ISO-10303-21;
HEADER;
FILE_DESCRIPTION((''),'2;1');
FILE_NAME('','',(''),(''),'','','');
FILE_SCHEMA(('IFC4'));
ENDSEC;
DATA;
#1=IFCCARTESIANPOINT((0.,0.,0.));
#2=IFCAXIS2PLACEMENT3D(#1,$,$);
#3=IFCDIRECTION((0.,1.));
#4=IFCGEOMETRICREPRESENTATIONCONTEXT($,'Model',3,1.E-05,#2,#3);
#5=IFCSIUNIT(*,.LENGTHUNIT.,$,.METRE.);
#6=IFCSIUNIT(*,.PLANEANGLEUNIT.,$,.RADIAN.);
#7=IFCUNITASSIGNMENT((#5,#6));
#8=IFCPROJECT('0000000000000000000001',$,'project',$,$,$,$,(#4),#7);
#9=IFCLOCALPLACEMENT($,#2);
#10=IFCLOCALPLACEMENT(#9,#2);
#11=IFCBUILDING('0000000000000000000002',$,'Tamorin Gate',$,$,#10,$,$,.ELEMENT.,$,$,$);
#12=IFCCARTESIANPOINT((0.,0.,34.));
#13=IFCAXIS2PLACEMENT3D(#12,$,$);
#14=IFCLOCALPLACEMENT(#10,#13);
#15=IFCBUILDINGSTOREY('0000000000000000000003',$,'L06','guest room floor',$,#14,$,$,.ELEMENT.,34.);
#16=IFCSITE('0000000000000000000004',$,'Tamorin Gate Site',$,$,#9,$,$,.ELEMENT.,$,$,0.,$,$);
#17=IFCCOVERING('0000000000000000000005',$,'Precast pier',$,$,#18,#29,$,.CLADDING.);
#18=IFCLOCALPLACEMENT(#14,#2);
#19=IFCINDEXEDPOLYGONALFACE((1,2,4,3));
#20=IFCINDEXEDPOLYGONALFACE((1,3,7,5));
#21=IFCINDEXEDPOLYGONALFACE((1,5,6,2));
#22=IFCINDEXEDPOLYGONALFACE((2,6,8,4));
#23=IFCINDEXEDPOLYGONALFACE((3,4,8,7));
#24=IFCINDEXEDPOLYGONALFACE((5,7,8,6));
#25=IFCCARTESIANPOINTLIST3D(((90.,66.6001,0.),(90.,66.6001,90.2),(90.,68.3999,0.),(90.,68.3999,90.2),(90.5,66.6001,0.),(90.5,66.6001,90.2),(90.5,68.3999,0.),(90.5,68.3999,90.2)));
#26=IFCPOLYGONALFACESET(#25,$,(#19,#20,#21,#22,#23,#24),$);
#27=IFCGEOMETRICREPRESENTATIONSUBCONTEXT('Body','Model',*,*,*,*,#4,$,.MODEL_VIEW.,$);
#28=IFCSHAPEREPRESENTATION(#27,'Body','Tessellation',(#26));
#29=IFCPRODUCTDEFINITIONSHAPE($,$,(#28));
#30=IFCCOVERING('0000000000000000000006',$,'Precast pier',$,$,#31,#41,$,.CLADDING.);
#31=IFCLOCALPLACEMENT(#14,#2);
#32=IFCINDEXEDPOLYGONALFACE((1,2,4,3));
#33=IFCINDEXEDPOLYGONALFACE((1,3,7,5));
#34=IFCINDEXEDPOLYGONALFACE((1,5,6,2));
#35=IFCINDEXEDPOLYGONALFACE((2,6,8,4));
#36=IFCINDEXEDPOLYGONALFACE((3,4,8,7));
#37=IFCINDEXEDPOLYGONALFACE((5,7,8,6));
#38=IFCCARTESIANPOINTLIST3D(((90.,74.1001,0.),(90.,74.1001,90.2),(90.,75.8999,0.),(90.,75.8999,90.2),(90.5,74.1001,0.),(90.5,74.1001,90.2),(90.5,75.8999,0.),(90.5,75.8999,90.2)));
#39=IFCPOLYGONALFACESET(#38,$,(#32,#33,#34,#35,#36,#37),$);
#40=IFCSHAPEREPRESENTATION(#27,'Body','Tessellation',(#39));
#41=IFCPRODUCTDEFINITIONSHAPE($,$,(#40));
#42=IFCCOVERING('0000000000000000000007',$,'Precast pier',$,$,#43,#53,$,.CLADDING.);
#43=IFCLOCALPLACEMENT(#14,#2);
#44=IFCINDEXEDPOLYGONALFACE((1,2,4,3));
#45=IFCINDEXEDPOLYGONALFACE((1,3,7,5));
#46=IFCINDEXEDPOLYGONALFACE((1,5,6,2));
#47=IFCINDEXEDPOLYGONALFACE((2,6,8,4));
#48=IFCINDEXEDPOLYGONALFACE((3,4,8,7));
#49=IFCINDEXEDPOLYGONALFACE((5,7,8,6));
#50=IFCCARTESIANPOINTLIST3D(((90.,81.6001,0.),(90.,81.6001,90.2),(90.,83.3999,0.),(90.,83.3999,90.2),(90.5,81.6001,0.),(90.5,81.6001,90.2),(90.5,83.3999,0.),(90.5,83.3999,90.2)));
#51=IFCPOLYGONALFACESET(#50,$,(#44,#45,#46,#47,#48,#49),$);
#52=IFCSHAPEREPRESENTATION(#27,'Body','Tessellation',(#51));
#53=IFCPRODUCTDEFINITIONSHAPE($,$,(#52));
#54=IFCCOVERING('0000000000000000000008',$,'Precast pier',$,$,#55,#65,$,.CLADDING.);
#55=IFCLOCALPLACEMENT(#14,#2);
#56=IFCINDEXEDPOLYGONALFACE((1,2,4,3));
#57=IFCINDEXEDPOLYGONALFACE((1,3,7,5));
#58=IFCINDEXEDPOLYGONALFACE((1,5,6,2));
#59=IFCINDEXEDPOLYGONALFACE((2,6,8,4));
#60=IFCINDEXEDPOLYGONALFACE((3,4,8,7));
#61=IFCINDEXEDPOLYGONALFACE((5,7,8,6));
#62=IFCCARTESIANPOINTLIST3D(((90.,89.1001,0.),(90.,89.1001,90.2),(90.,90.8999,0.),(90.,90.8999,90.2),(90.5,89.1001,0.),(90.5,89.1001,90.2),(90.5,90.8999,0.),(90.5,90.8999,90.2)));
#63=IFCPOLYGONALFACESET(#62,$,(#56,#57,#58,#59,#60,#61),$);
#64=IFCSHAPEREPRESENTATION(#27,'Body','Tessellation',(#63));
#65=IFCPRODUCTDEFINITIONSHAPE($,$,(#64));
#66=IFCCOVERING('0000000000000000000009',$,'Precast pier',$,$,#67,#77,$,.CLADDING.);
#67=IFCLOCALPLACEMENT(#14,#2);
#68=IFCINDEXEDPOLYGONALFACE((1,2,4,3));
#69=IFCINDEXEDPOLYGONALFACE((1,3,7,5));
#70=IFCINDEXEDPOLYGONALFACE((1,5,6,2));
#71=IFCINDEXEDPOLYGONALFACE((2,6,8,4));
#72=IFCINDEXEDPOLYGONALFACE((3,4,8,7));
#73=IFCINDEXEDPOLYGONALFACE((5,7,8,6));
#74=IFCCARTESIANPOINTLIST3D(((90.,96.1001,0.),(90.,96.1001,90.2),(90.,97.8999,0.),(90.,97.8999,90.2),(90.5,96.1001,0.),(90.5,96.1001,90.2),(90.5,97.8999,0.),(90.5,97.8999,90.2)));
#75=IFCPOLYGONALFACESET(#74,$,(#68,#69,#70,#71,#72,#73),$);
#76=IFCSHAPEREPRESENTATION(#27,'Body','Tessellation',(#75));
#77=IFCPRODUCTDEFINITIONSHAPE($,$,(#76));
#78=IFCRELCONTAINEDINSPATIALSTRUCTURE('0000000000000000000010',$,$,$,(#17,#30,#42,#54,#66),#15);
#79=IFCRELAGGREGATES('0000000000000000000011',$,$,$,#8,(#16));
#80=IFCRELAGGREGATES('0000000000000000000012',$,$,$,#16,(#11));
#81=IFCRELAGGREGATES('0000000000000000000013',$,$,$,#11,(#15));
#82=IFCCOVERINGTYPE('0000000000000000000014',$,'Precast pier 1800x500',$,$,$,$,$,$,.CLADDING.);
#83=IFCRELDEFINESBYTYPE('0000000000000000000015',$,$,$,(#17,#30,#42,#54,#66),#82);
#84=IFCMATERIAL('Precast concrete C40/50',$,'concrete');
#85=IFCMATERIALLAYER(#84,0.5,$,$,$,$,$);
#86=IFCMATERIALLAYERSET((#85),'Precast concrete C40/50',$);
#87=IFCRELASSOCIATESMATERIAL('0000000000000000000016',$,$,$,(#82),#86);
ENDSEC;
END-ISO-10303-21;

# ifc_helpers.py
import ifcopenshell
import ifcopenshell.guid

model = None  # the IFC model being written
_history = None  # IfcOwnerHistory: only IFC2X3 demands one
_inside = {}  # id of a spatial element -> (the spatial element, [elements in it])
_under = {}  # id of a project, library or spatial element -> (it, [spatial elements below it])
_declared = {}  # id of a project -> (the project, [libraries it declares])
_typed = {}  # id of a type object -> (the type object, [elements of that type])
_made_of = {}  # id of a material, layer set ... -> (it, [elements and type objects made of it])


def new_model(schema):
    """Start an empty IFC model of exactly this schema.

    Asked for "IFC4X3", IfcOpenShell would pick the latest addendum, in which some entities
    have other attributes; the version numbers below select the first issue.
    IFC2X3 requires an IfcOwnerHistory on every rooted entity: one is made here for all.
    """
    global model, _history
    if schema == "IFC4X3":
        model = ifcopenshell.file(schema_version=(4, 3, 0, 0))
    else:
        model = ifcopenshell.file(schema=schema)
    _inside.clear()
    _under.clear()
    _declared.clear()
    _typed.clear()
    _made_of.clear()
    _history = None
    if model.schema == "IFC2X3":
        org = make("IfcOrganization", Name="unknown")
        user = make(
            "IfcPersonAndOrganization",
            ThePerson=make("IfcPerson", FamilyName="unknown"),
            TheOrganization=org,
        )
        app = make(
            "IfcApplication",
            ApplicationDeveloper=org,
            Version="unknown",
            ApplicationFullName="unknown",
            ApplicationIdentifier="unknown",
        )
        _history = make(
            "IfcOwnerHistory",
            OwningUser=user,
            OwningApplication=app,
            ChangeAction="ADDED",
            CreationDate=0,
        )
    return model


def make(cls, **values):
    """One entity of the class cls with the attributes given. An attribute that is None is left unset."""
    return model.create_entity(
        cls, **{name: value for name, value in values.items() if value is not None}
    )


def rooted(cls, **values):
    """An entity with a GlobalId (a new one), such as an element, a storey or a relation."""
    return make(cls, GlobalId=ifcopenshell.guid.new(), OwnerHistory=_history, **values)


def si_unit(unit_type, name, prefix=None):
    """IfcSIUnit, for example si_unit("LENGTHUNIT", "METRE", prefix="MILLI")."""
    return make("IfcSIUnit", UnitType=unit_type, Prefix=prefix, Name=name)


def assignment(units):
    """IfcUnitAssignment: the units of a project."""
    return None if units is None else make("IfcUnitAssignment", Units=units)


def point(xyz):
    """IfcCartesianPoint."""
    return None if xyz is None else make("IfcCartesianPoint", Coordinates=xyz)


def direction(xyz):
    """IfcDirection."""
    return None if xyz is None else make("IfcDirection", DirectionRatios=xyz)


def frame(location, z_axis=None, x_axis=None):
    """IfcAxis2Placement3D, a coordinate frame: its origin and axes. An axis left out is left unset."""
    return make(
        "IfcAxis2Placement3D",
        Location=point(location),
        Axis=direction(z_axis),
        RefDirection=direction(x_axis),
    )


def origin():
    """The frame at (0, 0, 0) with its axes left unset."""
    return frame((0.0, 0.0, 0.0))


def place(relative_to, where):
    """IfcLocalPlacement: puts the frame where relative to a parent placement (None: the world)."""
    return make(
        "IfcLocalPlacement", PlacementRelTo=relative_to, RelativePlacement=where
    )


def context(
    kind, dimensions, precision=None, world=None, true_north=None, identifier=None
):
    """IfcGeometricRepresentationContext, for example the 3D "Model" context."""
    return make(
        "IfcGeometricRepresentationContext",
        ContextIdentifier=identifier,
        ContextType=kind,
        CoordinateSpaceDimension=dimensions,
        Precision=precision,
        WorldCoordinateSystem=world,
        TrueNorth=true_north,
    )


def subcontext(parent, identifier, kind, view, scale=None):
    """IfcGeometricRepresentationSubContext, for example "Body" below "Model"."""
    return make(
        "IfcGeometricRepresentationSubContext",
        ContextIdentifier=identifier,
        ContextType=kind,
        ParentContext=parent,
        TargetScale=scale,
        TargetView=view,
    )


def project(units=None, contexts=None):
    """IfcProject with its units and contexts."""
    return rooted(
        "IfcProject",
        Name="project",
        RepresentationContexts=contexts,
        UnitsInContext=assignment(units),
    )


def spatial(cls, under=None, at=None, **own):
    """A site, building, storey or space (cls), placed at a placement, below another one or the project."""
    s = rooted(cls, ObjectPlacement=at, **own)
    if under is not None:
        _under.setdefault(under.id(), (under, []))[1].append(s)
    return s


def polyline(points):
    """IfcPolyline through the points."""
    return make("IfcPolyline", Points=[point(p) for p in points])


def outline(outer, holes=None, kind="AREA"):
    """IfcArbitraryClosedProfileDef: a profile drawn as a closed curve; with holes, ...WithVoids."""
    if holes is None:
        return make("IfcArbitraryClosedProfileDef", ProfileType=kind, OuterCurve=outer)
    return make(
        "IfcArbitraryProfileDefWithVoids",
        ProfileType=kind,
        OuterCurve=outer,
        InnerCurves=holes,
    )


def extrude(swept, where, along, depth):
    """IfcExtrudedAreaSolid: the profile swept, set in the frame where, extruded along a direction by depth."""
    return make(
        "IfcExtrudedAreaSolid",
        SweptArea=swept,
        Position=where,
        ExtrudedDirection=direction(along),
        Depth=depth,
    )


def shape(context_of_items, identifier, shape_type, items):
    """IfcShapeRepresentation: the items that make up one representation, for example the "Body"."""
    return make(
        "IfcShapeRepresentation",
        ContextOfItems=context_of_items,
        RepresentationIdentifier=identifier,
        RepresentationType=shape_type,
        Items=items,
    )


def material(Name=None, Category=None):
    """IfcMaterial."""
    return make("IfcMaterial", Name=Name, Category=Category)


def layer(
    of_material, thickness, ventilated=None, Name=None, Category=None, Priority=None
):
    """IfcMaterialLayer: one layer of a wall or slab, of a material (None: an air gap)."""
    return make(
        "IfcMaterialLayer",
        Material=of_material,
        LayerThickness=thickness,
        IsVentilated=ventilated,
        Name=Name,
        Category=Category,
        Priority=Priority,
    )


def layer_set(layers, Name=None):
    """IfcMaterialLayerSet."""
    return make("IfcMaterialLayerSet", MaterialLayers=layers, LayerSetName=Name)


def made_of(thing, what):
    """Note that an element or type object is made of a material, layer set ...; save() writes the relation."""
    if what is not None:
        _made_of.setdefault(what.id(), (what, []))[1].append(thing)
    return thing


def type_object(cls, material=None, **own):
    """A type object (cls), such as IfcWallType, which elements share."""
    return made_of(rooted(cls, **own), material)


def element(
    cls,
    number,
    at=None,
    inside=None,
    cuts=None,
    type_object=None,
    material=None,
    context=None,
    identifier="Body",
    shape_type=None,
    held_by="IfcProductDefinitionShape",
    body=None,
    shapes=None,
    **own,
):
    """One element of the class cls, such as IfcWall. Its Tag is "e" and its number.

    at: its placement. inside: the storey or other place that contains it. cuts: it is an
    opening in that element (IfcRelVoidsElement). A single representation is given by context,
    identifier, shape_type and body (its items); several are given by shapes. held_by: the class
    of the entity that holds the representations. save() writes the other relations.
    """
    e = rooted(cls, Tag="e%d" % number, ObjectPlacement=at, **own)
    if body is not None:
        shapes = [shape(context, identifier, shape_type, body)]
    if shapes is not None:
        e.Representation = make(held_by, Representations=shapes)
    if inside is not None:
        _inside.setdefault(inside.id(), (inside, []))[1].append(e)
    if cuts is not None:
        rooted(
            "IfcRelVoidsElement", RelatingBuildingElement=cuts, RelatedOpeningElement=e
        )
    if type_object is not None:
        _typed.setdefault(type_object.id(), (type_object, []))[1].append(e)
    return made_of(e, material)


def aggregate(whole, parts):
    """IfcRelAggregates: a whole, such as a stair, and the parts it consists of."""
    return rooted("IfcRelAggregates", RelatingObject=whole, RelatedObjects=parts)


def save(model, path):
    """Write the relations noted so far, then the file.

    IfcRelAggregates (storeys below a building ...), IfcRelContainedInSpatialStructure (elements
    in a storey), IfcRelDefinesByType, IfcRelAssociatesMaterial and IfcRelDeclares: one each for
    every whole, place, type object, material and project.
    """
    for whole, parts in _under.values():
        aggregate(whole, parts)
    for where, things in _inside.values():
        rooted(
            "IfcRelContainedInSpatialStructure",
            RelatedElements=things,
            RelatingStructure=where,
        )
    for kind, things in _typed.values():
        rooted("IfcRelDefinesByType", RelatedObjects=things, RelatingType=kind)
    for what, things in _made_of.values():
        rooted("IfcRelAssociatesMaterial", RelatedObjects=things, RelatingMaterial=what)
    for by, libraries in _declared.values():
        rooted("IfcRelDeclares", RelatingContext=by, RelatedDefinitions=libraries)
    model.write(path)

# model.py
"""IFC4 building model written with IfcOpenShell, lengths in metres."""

from ifc_helpers import new_model, si_unit, direction, frame, origin, place, context, subcontext, project, spatial, polyline, outline, extrude, material, layer, layer_set, type_object, element, save


model = new_model("IFC4")

# Units and contexts
model_context = context("Model", 3, precision=1e-05, world=origin(), true_north=direction((0.0, 1.0)))
body_context = subcontext(model_context, "Body", "Model", "MODEL_VIEW")
ifc_project = project(units=[si_unit("LENGTHUNIT", "METRE"), si_unit("PLANEANGLEUNIT", "RADIAN")], contexts=[model_context])

# Site, building, storey
site_placement = place(None, origin())
site = spatial("IfcSite", under=ifc_project, at=site_placement, Name="Tamorin Gate Site", CompositionType="ELEMENT", RefElevation=0.0)
building_placement = place(site_placement, origin())
building = spatial("IfcBuilding", under=site, at=building_placement, Name="Tamorin Gate", CompositionType="ELEMENT")
storey_placement = place(building_placement, frame((0.0, 0.0, 34.0)))
storey = spatial("IfcBuildingStorey", under=building, at=storey_placement, Name="L06", Description="guest room floor", CompositionType="ELEMENT", Elevation=34.0)

# Coverings
ifc_material_1 = material(Name="Precast concrete C40/50", Category="concrete")
ifc_layer_1 = layer(ifc_material_1, 0.5)
ifc_layer_set_1 = layer_set([ifc_layer_1], Name="Precast concrete C40/50")
covering_type = type_object("IfcCoveringType", Name="Precast pier 1800x500", PredefinedType="CLADDING", material=ifc_layer_set_1)
covering_1_placement = place(storey_placement, origin())
element("IfcCovering", 1, at=covering_1_placement, inside=storey, type_object=covering_type, Name="Precast pier", PredefinedType="CLADDING", context=body_context, shape_type="SweptSolid", body=[
    extrude(outline(polyline([(90.0, 66.6001), (90.0, 68.3999), (90.5, 68.3999), (90.5, 66.6001), (90.0, 66.6001)])), origin(), (0.0, 0.0, 1.0), 90.2),
])
covering_2_placement = place(storey_placement, origin())
element("IfcCovering", 2, at=covering_2_placement, inside=storey, type_object=covering_type, Name="Precast pier", PredefinedType="CLADDING", context=body_context, shape_type="SweptSolid", body=[
    extrude(outline(polyline([(90.0, 74.1001), (90.0, 75.8999), (90.5, 75.8999), (90.5, 74.1001), (90.0, 74.1001)])), origin(), (0.0, 0.0, 1.0), 90.2),
])
covering_3_placement = place(storey_placement, origin())
element("IfcCovering", 3, at=covering_3_placement, inside=storey, type_object=covering_type, Name="Precast pier", PredefinedType="CLADDING", context=body_context, shape_type="SweptSolid", body=[
    extrude(outline(polyline([(90.0, 81.6001), (90.0, 83.3999), (90.5, 83.3999), (90.5, 81.6001), (90.0, 81.6001)])), origin(), (0.0, 0.0, 1.0), 90.2),
])
covering_4_placement = place(storey_placement, origin())
element("IfcCovering", 4, at=covering_4_placement, inside=storey, type_object=covering_type, Name="Precast pier", PredefinedType="CLADDING", context=body_context, shape_type="SweptSolid", body=[
    extrude(outline(polyline([(90.0, 89.1001), (90.0, 90.8999), (90.5, 90.8999), (90.5, 89.1001), (90.0, 89.1001)])), origin(), (0.0, 0.0, 1.0), 90.2),
])
covering_5_placement = place(storey_placement, origin())
element("IfcCovering", 5, at=covering_5_placement, inside=storey, type_object=covering_type, Name="Precast pier", PredefinedType="CLADDING", context=body_context, shape_type="SweptSolid", body=[
    extrude(outline(polyline([(90.0, 96.1001), (90.0, 97.8999), (90.5, 97.8999), (90.5, 96.1001), (90.0, 96.1001)])), origin(), (0.0, 0.0, 1.0), 90.2),
])

save(model, "model.ifc")
